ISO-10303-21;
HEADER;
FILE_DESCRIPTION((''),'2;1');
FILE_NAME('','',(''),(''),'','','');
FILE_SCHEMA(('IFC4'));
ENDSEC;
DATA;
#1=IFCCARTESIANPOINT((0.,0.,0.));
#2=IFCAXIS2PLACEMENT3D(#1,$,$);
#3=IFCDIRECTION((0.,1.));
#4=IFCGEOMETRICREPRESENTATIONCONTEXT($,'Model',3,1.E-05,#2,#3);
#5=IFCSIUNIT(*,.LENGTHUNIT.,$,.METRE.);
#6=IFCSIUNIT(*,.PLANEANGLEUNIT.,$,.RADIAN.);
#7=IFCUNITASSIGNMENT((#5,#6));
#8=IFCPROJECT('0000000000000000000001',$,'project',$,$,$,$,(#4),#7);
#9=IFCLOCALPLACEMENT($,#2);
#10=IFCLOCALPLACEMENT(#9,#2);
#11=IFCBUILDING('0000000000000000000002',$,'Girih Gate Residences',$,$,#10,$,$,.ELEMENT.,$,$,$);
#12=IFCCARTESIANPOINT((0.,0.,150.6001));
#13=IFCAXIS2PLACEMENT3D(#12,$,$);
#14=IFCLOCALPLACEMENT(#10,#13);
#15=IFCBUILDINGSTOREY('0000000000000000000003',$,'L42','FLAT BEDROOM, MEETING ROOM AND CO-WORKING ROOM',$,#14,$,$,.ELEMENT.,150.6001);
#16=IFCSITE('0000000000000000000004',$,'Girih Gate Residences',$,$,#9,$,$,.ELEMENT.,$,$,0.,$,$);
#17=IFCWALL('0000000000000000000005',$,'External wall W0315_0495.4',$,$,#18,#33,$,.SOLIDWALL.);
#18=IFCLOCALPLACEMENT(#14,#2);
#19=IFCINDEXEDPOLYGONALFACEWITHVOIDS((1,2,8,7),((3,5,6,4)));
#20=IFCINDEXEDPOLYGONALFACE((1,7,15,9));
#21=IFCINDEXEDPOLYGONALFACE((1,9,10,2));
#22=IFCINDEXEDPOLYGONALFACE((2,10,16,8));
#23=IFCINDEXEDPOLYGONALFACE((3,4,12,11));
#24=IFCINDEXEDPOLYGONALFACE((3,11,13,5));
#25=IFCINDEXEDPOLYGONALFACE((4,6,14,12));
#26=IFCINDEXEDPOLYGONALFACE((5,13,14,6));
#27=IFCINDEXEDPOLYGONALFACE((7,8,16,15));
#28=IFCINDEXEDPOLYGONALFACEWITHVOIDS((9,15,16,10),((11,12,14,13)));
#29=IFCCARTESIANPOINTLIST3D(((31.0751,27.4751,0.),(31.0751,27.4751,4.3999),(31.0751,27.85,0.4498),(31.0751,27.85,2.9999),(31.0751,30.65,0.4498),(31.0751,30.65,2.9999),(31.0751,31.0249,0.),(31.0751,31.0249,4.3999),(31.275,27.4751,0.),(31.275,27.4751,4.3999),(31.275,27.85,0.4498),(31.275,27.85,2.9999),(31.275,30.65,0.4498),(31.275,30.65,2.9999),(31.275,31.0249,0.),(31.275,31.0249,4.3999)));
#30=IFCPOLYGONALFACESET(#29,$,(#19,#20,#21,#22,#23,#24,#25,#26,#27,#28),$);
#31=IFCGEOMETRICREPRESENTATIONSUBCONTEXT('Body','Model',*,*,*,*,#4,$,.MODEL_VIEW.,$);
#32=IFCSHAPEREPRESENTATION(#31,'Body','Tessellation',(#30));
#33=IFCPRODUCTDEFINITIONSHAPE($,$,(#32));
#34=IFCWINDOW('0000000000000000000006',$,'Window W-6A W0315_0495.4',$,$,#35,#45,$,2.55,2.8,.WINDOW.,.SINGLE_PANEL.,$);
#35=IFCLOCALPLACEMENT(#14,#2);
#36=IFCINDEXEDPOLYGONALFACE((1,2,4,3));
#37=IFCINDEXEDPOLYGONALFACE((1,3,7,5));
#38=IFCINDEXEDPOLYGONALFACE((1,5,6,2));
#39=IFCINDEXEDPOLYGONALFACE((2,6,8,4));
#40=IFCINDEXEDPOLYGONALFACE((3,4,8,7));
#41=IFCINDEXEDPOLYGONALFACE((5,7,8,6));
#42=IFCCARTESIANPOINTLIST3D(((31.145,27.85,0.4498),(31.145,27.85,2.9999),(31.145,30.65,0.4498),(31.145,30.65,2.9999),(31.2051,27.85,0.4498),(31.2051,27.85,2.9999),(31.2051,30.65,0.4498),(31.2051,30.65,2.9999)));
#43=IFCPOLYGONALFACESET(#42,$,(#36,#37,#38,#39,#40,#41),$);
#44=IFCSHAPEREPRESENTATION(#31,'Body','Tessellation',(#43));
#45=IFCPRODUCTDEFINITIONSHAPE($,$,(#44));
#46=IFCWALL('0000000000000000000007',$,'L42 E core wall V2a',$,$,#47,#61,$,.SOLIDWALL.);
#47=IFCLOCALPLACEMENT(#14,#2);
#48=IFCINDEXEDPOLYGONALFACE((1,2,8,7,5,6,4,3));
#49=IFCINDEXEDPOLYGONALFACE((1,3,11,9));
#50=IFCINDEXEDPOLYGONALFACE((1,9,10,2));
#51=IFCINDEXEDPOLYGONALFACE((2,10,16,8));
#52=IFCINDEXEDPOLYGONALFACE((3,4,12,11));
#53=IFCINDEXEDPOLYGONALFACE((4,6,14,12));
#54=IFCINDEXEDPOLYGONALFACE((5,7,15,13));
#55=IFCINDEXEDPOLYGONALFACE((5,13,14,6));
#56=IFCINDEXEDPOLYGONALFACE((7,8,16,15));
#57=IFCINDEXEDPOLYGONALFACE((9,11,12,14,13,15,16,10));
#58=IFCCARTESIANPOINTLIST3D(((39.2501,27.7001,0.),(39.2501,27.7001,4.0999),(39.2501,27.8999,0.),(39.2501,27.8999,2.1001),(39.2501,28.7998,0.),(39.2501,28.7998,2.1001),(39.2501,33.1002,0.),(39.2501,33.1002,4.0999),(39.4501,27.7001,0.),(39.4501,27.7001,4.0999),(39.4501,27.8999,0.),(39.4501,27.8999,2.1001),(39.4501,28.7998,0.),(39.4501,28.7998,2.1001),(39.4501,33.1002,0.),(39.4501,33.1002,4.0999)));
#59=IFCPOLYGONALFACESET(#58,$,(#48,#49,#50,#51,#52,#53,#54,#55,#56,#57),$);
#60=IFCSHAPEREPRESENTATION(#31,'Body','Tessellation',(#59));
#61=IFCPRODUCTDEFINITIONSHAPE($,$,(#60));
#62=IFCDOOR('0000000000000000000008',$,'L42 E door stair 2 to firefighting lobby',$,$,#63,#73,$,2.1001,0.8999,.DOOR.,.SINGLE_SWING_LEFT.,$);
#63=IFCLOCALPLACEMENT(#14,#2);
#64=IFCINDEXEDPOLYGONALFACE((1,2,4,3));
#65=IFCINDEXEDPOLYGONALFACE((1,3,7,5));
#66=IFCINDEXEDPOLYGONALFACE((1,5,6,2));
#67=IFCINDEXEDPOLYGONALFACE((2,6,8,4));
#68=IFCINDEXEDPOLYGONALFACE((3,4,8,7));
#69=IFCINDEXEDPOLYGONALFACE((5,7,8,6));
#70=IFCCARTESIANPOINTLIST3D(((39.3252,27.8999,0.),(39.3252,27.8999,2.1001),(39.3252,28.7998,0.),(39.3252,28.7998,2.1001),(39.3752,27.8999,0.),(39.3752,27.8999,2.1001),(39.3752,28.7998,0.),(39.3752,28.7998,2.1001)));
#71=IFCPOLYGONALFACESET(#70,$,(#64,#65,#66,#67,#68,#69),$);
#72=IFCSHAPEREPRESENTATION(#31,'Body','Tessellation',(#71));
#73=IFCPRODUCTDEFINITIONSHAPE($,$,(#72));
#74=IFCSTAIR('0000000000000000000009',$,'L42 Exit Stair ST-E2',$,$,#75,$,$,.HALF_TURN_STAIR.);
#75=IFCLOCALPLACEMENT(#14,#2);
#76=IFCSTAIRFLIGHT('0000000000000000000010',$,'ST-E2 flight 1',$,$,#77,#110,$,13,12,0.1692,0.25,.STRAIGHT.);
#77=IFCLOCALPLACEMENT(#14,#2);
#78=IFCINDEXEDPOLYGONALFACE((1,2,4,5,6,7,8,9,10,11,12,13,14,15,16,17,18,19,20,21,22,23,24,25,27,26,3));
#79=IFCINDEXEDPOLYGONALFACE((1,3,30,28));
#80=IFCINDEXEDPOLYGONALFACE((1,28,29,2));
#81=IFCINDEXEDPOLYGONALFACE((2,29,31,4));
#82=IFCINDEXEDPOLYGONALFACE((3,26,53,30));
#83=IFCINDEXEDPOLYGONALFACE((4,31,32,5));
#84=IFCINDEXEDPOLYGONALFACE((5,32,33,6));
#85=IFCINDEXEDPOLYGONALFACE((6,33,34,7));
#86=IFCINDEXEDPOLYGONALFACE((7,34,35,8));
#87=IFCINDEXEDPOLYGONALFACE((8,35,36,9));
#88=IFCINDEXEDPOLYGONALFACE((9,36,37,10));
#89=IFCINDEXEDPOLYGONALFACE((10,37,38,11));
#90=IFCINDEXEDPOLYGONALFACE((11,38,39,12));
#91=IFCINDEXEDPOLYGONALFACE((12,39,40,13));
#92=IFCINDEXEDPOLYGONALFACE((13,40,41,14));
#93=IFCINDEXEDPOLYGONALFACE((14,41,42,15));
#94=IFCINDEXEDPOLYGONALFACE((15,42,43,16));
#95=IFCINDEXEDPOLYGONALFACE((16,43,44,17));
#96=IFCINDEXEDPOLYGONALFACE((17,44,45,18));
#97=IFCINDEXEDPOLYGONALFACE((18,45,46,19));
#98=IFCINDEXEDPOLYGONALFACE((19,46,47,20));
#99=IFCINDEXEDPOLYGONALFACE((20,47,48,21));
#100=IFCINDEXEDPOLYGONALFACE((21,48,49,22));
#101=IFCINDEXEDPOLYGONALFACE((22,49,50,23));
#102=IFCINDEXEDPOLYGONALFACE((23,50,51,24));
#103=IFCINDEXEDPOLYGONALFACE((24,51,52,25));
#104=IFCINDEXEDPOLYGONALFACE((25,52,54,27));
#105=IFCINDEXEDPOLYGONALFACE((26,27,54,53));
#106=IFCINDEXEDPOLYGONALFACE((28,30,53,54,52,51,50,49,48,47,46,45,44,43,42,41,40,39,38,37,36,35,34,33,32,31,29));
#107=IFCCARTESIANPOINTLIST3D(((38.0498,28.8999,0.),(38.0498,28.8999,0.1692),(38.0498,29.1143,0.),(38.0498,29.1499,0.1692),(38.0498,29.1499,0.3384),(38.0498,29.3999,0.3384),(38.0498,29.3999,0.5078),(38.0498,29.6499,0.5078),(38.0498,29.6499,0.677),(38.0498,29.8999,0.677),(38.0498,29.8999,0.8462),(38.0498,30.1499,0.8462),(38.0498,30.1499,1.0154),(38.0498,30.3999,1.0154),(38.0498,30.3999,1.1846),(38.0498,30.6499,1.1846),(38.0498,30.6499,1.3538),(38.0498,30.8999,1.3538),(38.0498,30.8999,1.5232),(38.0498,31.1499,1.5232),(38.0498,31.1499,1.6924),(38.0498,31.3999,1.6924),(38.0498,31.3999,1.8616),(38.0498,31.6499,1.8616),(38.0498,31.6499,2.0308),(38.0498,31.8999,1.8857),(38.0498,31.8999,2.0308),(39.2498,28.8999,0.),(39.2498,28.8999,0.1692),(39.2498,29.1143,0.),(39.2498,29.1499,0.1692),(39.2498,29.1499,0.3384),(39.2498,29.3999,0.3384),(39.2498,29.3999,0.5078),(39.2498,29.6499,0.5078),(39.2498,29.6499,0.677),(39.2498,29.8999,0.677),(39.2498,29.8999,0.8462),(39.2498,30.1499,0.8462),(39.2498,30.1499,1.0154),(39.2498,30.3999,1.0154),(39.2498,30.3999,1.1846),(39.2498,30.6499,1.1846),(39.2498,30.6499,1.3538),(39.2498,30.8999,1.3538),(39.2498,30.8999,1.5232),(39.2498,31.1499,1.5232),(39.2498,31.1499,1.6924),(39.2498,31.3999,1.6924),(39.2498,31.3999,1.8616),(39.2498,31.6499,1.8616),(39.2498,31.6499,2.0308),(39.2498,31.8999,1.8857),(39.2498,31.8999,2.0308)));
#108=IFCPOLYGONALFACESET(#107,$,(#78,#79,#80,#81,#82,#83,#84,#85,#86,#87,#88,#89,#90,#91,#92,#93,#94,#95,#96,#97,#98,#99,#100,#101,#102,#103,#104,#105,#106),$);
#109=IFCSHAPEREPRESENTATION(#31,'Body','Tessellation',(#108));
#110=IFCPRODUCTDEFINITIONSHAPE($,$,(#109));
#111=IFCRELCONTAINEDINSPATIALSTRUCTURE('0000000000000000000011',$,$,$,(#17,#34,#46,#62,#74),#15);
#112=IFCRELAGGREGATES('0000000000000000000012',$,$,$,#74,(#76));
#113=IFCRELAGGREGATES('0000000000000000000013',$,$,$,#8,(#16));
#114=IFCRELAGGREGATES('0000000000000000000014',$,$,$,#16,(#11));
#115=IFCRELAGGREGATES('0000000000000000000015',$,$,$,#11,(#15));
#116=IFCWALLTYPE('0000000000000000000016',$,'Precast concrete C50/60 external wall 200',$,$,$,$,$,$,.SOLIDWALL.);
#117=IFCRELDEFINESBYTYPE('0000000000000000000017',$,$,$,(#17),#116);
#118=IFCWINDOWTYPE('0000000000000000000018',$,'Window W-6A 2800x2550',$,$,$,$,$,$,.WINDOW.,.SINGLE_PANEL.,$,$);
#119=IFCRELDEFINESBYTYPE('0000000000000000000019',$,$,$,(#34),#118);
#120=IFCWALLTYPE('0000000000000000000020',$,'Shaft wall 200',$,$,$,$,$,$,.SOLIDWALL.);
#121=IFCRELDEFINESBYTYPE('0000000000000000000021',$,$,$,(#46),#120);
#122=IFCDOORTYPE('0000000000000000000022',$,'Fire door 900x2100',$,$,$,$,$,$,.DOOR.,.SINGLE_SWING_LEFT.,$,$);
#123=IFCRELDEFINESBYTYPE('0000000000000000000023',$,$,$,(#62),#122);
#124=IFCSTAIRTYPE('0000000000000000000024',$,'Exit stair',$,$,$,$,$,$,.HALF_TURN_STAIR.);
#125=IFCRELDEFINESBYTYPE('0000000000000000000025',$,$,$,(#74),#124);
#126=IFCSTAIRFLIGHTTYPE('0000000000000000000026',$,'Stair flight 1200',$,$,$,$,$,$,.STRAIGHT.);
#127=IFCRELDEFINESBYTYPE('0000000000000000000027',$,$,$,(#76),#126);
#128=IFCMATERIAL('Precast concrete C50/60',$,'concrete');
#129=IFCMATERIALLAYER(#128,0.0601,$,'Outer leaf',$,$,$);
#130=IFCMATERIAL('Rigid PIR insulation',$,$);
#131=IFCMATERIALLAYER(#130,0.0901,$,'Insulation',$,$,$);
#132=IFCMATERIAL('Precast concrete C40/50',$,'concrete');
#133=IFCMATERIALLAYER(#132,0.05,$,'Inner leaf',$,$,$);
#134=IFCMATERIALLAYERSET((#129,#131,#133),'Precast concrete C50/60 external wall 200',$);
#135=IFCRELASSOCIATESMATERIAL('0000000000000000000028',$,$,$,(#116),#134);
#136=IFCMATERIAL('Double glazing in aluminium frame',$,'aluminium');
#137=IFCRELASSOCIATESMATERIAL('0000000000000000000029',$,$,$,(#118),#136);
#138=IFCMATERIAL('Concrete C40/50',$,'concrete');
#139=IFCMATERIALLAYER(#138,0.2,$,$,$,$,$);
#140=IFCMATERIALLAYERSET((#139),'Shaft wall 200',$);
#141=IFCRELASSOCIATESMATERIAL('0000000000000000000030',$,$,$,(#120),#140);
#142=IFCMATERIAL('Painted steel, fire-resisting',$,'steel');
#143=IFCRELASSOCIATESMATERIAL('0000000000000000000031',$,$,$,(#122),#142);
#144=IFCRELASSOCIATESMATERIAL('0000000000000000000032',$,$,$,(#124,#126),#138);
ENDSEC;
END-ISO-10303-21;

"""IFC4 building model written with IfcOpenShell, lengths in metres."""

from ifc_helpers import new_model, si_unit, direction, frame, frame_2d, origin, place, context, subcontext, project, spatial, polyline, rectangle, outline, extrude, material, layer, layer_set, type_object, element, fill, aggregate, save


model = new_model("IFC4")

# Units and contexts
model_context = context("Model", 3, precision=1e-05, world=origin(), true_north=direction((0.0, 1.0)))
body_context = subcontext(model_context, "Body", "Model", "MODEL_VIEW")
ifc_project = project(units=[si_unit("LENGTHUNIT", "METRE"), si_unit("PLANEANGLEUNIT", "RADIAN")], contexts=[model_context])

# Site, building, storey
site_placement = place(None, origin())
site = spatial("IfcSite", under=ifc_project, at=site_placement, Name="Girih Gate Residences", CompositionType="ELEMENT", RefElevation=0.0)
building_placement = place(site_placement, origin())
building = spatial("IfcBuilding", under=site, at=building_placement, Name="Girih Gate Residences", CompositionType="ELEMENT")
storey_placement = place(building_placement, frame((0.0, 0.0, 150.6001)))
storey = spatial("IfcBuildingStorey", under=building, at=storey_placement, Name="L42", Description="FLAT BEDROOM, MEETING ROOM AND CO-WORKING ROOM", CompositionType="ELEMENT", Elevation=150.6001)

# Shared definitions
ifc_material_1 = material(Name="Painted steel, fire-resisting", Category="steel")

# Wall, opening, window
ifc_material_2 = material(Name="Precast concrete C50/60", Category="concrete")
ifc_layer_1 = layer(ifc_material_2, 0.0601, Name="Outer leaf")
ifc_material_3 = material(Name="Rigid PIR insulation")
ifc_layer_2 = layer(ifc_material_3, 0.0901, Name="Insulation")
ifc_material_4 = material(Name="Precast concrete C40/50", Category="concrete")
ifc_layer_3 = layer(ifc_material_4, 0.05, Name="Inner leaf")
ifc_layer_set_1 = layer_set([ifc_layer_1, ifc_layer_2, ifc_layer_3], Name="Precast concrete C50/60 external wall 200")
wall_type_1 = type_object("IfcWallType", Name="Precast concrete C50/60 external wall 200", PredefinedType="SOLIDWALL", material=ifc_layer_set_1)
wall_1_placement = place(storey_placement, frame((31.175, 27.4751, 0.0), z_axis=(0.0, 0.0, 1.0), x_axis=(0.0, 1.0, 0.0)))
wall_1 = element("IfcWall", 1, at=wall_1_placement, inside=storey, type_object=wall_type_1, Name="External wall W0315_0495.4", PredefinedType="SOLIDWALL", context=body_context, shape_type="SweptSolid", body=[
    extrude(rectangle(XDim=3.5498, YDim=0.2, at=frame_2d((1.7749, 0.0))), origin(), (0.0, 0.0, 1.0), 4.3999),
])
opening_1_placement = place(wall_1_placement, frame((0.375, 0.0, 0.45)))
opening_1 = element("IfcOpeningElement", 2, at=opening_1_placement, cuts=wall_1, PredefinedType="OPENING", context=body_context, shape_type="SweptSolid", body=[
    extrude(rectangle(XDim=2.8, YDim=2.55, at=frame_2d((1.3999, 1.2749))), frame((0.0, 0.1099, 0.0), z_axis=(0.0, -1.0, 0.0), x_axis=(1.0, 0.0, 0.0)), (0.0, 0.0, 1.0), 0.22),
])
ifc_material_5 = material(Name="Double glazing in aluminium frame", Category="aluminium")
window_type = type_object("IfcWindowType", Name="Window W-6A 2800x2550", PartitioningType="SINGLE_PANEL", PredefinedType="WINDOW", material=ifc_material_5)
window_placement = place(opening_1_placement, origin())
window = element("IfcWindow", 3, at=window_placement, inside=storey, type_object=window_type, Name="Window W-6A W0315_0495.4", OverallHeight=2.55, OverallWidth=2.8, PartitioningType="SINGLE_PANEL", PredefinedType="WINDOW", context=body_context, shape_type="SweptSolid", body=[
    extrude(rectangle(XDim=2.8, YDim=2.55, at=frame_2d((1.3999, 1.2749))), frame((0.0, 0.03, 0.0), z_axis=(0.0, -1.0, 0.0), x_axis=(1.0, 0.0, 0.0)), (0.0, 0.0, 1.0), 0.0601),
])
fill(opening_1, window)

# Wall, opening, door
ifc_material_6 = material(Name="Concrete C40/50", Category="concrete")
ifc_layer_4 = layer(ifc_material_6, 0.2)
ifc_layer_set_2 = layer_set([ifc_layer_4], Name="Shaft wall 200")
wall_type_2 = type_object("IfcWallType", Name="Shaft wall 200", PredefinedType="SOLIDWALL", material=ifc_layer_set_2)
wall_2_placement = place(storey_placement, frame((39.3501, 27.7, 0.0), z_axis=(0.0, 0.0, 1.0), x_axis=(0.0, 1.0, 0.0)))
wall_2 = element("IfcWall", 4, at=wall_2_placement, inside=storey, type_object=wall_type_2, Name="L42 E core wall V2a", PredefinedType="SOLIDWALL", context=body_context, shape_type="SweptSolid", body=[
    extrude(rectangle(XDim=5.4001, YDim=0.2, at=frame_2d((2.7002, 0.0))), origin(), (0.0, 0.0, 1.0), 4.0999),
])
opening_2_placement = place(wall_2_placement, frame((0.2, 0.0, 0.0)))
opening_2 = element("IfcOpeningElement", 5, at=opening_2_placement, cuts=wall_2, PredefinedType="OPENING", context=body_context, shape_type="SweptSolid", body=[
    extrude(rectangle(XDim=0.8999, YDim=2.1001, at=frame_2d((0.45, 1.05))), frame((0.0, 0.1099, 0.0), z_axis=(0.0, -1.0, 0.0), x_axis=(1.0, 0.0, 0.0)), (0.0, 0.0, 1.0), 0.22),
])
door_type_1 = type_object("IfcDoorType", Name="Fire door 900x2100", OperationType="SINGLE_SWING_LEFT", PredefinedType="DOOR", material=ifc_material_1)
door_1_placement = place(opening_2_placement, origin())
door_1 = element("IfcDoor", 6, at=door_1_placement, inside=storey, type_object=door_type_1, Name="L42 E door stair 2 to firefighting lobby", OperationType="SINGLE_SWING_LEFT", OverallHeight=2.1001, OverallWidth=0.8999, PredefinedType="DOOR", context=body_context, shape_type="SweptSolid", body=[
    extrude(rectangle(XDim=0.8999, YDim=2.1001, at=frame_2d((0.45, 1.05))), frame((0.0, 0.0249, 0.0), z_axis=(0.0, -1.0, 0.0), x_axis=(1.0, 0.0, 0.0)), (0.0, 0.0, 1.0), 0.05),
])
fill(opening_2, door_1)

# Stair, stair flight
stair_type = type_object("IfcStairType", Name="Exit stair", PredefinedType="HALF_TURN_STAIR", material=ifc_material_6)
stair_placement = place(storey_placement, origin())
stair = element("IfcStair", 7, at=stair_placement, inside=storey, type_object=stair_type, Name="L42 Exit Stair ST-E2", PredefinedType="HALF_TURN_STAIR")
stair_flight_type = type_object("IfcStairFlightType", Name="Stair flight 1200", PredefinedType="STRAIGHT", material=ifc_material_6)
stair_flight_placement = place(storey_placement, frame((38.6499, 28.8999, 0.0), z_axis=(0.0, 0.0, 1.0), x_axis=(0.0, 1.0, 0.0)))
stair_flight = element("IfcStairFlight", 8, at=stair_flight_placement, type_object=stair_flight_type, Name="ST-E2 flight 1", NumberOfRisers=13, NumberOfTreads=12, PredefinedType="STRAIGHT", RiserHeight=0.1692, TreadLength=0.25, context=body_context, shape_type="SweptSolid", body=[
    extrude(outline(polyline([(0.0, 0.0), (0.0, 0.1692), (0.25, 0.1692), (0.25, 0.3384), (0.5, 0.3384), (0.5, 0.5078), (0.75, 0.5078), (0.75, 0.677), (1.0, 0.677), (1.0, 0.8462), (1.25, 0.8462), (1.25, 1.0154), (1.5, 1.0154), (1.5, 1.1846), (1.75, 1.1846), (1.75, 1.3538), (2.0, 1.3538), (2.0, 1.5232), (2.25, 1.5232), (2.25, 1.6924), (2.5, 1.6924), (2.5, 1.8616), (2.75, 1.8616), (2.75, 2.0308), (3.0, 2.0308), (3.0, 2.2), (3.0, 1.8857), (0.2144, 0.0), (0.0, 0.0)])), frame((0.0, 0.6001, 0.0), z_axis=(0.0, -1.0, 0.0), x_axis=(1.0, 0.0, 0.0)), (0.0, 0.0, 1.0), 1.2),
])
aggregate(stair, [stair_flight])

save(model, "model.ifc")
